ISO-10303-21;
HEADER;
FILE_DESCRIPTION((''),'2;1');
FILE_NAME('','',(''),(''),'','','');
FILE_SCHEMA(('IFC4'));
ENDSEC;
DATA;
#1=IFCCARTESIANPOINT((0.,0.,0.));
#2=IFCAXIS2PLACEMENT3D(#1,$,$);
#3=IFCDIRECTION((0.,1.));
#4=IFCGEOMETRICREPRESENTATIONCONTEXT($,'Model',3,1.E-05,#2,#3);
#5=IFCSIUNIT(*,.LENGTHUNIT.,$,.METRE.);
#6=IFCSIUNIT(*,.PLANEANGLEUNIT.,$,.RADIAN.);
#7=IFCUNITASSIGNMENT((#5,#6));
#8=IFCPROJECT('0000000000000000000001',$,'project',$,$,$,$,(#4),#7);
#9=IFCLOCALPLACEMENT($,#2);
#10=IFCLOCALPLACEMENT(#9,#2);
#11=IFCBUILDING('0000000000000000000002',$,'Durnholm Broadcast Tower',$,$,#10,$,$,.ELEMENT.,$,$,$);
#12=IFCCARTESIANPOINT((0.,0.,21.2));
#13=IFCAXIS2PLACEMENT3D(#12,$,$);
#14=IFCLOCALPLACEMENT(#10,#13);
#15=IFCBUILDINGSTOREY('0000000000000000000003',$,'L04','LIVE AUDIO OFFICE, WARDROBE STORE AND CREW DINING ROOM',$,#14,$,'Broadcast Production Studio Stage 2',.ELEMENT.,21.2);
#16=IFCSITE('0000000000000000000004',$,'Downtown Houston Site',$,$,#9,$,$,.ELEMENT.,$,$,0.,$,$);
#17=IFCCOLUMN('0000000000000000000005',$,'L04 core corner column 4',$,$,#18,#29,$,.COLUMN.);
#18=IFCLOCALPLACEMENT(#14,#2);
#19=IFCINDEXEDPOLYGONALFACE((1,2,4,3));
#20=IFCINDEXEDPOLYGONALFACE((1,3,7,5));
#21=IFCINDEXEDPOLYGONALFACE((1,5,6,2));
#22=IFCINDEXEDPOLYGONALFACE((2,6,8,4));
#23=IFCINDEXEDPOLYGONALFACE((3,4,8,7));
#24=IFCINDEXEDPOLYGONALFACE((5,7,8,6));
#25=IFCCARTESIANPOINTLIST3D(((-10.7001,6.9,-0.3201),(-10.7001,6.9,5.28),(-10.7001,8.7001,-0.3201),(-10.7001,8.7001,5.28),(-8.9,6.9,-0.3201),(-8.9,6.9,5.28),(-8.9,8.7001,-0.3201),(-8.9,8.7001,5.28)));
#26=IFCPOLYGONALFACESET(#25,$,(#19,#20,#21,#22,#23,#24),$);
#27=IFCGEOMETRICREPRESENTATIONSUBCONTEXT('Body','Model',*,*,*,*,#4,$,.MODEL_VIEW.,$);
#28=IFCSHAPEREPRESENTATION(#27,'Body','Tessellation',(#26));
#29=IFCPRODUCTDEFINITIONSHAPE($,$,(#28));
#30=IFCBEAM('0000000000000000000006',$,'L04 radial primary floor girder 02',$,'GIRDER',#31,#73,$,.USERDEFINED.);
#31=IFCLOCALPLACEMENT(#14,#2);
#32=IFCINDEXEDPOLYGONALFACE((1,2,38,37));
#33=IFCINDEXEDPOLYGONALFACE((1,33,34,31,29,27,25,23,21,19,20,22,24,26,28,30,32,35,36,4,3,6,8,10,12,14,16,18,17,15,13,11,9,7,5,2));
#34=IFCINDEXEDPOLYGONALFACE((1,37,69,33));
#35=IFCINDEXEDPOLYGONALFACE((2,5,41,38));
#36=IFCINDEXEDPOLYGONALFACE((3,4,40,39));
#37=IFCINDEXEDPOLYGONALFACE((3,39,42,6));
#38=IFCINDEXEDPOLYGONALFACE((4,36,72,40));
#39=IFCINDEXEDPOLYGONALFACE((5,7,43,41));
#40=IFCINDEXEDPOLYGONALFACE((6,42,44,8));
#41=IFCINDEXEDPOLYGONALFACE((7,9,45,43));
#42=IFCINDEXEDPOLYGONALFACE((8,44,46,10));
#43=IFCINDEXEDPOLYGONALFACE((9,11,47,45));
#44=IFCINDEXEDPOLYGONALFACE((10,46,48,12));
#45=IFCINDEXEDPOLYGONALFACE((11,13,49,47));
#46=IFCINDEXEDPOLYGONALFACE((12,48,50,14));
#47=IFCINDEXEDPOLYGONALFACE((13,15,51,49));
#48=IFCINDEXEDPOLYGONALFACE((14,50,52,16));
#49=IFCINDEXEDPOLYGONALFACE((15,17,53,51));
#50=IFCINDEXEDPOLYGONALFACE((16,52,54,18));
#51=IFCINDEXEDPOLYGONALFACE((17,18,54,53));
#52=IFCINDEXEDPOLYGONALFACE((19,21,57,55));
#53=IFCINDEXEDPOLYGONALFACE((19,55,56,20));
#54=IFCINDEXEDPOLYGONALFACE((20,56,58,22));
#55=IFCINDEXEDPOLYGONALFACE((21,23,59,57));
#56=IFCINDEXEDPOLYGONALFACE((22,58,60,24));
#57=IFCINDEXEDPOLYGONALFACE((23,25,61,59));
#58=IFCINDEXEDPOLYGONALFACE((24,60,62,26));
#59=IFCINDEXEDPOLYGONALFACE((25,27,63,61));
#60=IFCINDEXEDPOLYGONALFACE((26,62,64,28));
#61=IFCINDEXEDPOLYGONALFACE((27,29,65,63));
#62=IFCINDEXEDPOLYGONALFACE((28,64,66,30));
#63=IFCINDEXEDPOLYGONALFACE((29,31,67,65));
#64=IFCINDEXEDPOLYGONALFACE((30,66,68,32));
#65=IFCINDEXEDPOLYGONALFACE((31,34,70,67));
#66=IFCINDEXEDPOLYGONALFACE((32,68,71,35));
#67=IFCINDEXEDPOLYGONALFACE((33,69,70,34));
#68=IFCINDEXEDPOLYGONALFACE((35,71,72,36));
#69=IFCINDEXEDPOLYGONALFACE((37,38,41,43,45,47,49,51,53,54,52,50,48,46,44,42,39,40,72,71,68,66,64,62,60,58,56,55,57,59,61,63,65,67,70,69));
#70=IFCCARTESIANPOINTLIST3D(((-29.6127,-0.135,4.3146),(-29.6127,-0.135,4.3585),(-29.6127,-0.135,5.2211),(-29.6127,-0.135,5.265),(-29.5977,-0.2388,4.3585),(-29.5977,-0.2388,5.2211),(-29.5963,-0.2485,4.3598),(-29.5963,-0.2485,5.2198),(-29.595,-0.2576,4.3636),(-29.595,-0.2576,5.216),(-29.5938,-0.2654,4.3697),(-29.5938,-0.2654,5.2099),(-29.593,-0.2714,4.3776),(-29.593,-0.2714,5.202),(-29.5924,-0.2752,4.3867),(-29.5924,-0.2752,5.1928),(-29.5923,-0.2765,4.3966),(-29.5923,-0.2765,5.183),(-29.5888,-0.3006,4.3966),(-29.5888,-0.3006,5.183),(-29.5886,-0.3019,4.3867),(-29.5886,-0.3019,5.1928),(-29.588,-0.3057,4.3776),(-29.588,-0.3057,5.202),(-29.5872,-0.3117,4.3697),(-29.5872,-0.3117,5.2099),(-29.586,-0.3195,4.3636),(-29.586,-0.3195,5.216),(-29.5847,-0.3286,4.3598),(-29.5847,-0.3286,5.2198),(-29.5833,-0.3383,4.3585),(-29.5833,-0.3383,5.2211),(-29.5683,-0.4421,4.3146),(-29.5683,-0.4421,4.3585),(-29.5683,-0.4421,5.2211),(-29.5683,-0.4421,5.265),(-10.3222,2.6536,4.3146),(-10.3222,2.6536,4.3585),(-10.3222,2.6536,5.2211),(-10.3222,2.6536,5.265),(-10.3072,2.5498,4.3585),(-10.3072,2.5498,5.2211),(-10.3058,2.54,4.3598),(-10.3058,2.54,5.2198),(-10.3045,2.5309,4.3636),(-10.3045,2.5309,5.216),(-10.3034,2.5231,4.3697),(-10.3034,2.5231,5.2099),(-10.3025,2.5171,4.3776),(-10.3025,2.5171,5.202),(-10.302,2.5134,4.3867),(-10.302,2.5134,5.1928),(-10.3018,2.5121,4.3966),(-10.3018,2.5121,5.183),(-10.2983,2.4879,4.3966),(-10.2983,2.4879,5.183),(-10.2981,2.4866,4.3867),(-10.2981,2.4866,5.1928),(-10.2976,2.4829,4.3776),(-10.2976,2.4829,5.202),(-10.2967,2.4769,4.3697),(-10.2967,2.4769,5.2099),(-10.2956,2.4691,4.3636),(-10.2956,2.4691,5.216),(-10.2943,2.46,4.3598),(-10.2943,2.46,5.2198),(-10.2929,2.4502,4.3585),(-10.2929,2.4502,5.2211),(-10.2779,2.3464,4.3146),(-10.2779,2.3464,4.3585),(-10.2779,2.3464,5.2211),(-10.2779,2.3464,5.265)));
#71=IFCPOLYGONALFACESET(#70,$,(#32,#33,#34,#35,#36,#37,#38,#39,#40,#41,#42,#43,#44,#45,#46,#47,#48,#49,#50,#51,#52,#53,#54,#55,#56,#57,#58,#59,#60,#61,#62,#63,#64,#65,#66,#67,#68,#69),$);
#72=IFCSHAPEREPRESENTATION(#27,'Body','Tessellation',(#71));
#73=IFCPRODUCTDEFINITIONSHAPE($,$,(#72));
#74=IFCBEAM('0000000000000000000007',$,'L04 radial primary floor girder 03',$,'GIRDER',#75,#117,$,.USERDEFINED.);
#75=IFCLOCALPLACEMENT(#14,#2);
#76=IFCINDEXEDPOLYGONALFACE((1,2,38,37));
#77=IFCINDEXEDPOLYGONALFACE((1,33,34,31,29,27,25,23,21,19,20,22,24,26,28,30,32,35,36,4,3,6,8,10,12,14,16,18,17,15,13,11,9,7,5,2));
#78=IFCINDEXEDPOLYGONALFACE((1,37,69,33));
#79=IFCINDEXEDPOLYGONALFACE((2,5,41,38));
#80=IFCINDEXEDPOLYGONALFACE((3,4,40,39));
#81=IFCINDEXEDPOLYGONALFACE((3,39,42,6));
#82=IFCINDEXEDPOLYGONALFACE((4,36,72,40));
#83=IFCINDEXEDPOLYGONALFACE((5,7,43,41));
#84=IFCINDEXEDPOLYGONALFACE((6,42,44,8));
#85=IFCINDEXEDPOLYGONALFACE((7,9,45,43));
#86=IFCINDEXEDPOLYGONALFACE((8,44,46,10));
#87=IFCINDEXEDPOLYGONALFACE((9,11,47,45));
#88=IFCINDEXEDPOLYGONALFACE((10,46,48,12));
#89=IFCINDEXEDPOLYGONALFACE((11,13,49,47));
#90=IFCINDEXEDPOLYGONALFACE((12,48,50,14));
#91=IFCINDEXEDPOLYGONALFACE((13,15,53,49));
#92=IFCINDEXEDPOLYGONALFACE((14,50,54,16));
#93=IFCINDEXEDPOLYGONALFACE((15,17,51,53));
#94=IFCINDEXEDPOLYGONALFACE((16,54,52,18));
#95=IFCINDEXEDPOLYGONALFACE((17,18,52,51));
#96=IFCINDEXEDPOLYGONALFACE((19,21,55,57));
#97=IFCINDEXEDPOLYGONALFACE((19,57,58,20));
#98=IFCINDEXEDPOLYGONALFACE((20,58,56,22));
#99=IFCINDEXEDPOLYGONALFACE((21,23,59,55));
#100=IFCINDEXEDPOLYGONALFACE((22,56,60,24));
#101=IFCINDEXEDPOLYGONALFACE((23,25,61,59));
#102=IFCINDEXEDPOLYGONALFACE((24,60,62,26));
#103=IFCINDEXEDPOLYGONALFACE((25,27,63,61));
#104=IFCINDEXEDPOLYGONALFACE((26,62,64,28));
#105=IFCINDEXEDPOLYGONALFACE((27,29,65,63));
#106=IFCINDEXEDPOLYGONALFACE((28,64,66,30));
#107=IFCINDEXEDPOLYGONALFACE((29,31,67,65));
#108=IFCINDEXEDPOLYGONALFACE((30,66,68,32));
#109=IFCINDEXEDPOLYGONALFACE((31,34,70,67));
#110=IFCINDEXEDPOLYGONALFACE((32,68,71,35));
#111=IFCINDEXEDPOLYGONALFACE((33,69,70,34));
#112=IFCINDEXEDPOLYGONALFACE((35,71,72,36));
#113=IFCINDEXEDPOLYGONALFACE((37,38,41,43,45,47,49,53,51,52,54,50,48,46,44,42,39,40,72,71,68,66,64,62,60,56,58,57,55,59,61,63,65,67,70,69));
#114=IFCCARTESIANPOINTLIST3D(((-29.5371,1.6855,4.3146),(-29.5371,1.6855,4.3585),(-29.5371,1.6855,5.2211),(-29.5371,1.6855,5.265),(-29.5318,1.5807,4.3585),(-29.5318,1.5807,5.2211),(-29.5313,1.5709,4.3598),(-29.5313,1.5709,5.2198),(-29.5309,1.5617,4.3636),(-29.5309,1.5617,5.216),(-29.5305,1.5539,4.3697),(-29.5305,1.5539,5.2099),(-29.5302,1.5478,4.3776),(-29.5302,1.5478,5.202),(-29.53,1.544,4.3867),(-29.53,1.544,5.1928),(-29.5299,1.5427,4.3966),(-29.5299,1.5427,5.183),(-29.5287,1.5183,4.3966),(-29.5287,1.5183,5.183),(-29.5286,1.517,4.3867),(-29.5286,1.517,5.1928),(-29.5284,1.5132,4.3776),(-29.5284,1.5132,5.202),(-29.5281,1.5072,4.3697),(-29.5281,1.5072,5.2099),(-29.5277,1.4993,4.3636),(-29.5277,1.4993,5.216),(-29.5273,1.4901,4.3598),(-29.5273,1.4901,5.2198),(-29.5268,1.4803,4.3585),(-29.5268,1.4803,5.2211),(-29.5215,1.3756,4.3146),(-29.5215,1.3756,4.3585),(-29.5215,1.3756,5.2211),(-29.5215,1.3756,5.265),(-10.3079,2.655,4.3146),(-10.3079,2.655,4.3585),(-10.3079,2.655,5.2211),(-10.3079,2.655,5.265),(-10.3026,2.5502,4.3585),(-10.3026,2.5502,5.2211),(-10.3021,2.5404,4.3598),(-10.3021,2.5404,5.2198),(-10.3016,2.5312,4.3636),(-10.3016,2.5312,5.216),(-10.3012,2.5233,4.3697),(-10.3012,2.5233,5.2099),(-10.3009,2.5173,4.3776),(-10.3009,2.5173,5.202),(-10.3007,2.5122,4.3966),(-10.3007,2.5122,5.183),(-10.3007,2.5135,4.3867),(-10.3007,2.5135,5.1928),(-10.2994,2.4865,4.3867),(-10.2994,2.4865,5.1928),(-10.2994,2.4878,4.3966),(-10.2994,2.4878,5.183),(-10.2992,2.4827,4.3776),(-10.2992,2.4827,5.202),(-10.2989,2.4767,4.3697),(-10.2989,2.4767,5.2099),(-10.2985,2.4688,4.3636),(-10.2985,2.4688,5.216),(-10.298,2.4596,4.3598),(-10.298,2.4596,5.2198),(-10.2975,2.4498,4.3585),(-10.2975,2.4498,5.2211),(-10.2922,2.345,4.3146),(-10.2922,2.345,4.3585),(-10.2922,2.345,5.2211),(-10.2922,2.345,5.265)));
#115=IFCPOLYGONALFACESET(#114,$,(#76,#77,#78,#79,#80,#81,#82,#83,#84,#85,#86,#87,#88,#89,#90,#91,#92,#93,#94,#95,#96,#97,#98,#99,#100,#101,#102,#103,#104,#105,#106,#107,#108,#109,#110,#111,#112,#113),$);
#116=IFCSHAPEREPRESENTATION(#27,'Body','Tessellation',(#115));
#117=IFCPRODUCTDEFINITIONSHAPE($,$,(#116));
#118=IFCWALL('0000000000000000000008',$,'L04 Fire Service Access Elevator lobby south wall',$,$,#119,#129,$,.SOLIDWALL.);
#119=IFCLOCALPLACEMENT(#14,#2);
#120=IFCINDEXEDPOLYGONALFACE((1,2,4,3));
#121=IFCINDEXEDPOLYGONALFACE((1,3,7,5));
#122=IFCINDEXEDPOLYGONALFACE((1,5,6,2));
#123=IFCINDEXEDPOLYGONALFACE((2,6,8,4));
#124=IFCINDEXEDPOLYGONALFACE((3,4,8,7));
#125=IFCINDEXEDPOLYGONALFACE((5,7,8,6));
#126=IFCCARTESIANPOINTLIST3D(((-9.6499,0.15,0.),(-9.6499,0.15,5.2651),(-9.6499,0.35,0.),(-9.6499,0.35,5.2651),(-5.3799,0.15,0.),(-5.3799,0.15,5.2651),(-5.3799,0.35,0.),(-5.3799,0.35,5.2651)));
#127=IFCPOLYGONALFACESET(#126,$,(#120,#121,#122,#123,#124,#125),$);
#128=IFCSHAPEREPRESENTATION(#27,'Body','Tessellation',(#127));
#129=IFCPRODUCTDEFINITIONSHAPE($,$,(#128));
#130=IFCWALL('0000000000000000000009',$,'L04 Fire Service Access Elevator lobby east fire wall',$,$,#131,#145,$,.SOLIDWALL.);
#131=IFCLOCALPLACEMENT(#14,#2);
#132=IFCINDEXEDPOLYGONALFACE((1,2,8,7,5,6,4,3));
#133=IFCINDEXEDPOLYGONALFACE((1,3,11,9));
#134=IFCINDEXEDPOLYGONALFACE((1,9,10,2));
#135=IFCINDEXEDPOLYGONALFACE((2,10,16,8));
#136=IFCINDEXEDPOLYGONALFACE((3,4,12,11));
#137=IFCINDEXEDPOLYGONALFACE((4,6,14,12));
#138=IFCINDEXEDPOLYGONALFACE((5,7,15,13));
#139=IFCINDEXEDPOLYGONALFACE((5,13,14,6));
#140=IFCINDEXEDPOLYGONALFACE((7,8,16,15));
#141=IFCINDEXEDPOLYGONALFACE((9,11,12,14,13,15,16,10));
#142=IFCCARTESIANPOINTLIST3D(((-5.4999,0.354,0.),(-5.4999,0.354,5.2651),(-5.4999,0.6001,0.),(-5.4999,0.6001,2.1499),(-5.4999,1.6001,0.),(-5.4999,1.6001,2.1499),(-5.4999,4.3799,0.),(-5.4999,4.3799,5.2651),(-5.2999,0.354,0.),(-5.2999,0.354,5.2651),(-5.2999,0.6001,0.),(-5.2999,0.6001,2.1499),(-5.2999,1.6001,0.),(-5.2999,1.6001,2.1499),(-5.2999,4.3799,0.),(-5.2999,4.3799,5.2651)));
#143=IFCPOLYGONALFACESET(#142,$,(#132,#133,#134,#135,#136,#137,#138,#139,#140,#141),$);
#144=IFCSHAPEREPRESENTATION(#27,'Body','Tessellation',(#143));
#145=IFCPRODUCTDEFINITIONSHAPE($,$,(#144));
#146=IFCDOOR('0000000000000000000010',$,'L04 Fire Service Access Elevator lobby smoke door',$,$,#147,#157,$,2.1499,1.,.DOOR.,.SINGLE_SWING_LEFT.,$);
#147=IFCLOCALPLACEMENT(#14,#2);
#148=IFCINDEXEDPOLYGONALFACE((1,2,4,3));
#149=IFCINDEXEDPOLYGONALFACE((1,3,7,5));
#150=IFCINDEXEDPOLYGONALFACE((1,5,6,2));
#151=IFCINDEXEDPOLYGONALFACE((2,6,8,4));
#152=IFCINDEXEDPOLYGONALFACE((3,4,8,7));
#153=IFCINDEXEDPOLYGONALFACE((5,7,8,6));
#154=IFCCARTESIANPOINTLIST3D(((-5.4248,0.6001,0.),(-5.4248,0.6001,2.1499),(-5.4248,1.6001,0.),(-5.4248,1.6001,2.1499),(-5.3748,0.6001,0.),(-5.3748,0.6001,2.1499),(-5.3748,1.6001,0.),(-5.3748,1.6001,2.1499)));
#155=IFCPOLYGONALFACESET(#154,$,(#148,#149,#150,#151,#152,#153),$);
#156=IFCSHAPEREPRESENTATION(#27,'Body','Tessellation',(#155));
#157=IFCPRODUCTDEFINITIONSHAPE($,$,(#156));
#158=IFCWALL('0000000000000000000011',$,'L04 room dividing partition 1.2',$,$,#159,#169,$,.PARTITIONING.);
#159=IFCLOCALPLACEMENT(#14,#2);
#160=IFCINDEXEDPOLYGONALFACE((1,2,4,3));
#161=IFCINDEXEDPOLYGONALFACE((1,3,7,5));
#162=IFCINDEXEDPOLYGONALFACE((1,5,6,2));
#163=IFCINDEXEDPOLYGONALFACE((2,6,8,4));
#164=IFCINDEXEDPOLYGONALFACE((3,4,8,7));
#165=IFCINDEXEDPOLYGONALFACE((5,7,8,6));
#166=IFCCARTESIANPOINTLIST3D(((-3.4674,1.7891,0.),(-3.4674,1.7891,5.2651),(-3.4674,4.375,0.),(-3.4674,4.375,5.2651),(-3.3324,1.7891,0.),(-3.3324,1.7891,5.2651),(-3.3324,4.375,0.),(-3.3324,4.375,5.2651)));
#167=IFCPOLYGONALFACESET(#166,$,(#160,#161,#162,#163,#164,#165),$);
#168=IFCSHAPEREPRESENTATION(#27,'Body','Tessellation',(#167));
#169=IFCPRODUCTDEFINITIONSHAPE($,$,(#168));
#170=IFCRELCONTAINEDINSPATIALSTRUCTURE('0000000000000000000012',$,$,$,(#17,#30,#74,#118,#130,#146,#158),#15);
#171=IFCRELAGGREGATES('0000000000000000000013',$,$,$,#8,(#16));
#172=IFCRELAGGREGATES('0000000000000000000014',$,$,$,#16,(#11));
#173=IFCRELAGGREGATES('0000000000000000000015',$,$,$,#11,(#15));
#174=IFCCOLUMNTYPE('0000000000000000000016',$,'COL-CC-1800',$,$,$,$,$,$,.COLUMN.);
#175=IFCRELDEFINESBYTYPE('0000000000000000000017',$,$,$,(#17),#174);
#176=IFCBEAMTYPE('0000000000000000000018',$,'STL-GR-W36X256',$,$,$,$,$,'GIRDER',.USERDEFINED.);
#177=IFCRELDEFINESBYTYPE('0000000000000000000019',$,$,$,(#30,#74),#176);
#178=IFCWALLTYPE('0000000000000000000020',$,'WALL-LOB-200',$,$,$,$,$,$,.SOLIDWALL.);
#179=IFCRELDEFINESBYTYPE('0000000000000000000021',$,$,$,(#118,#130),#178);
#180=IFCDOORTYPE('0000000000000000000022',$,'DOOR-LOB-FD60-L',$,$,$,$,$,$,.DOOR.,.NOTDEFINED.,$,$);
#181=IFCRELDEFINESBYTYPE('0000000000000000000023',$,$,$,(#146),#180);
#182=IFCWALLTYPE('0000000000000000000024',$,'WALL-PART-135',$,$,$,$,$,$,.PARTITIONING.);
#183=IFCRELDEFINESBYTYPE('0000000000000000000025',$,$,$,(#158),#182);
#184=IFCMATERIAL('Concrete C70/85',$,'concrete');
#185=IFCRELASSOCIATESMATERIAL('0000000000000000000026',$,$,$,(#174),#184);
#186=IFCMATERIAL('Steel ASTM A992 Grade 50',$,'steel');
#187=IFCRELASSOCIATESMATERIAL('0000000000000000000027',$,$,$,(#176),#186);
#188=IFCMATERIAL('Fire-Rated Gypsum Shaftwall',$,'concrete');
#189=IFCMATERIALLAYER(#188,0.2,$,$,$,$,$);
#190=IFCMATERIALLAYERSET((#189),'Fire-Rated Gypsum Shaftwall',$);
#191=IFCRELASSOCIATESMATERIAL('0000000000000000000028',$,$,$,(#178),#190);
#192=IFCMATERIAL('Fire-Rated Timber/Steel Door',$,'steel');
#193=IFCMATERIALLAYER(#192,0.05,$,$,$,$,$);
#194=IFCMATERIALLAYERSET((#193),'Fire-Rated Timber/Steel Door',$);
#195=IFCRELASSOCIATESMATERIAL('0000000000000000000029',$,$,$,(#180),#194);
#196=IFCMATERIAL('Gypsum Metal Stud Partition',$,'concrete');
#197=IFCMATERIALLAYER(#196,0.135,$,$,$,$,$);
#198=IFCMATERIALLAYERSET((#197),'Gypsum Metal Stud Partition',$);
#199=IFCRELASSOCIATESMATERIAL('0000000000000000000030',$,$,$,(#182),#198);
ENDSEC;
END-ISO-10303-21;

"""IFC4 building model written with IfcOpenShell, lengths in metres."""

from ifc_helpers import new_model, si_unit, direction, frame, frame_2d, origin, origin_2d, place, context, subcontext, project, spatial, rectangle, i_section, extrude, source, transform, mapped, material, layer, layer_set, material_profile, profile_set, type_object, type_shapes, element, fill, save


model = new_model("IFC4")

# Units and contexts
model_context = context("Model", 3, precision=1e-05, world=origin(), true_north=direction((0.0, 1.0)))
body_context = subcontext(model_context, "Body", "Model", "MODEL_VIEW")
ifc_project = project(units=[si_unit("LENGTHUNIT", "METRE"), si_unit("PLANEANGLEUNIT", "RADIAN")], contexts=[model_context])

# Site, building, storey
site_placement = place(None, origin())
site = spatial("IfcSite", under=ifc_project, at=site_placement, Name="Downtown Houston Site", CompositionType="ELEMENT", RefElevation=0.0)
building_placement = place(site_placement, origin())
building = spatial("IfcBuilding", under=site, at=building_placement, Name="Durnholm Broadcast Tower", CompositionType="ELEMENT")
storey_placement = place(building_placement, frame((0.0, 0.0, 21.2)))
storey = spatial("IfcBuildingStorey", under=building, at=storey_placement, Name="L04", Description="LIVE AUDIO OFFICE, WARDROBE STORE AND CREW DINING ROOM", LongName="Broadcast Production Studio Stage 2", CompositionType="ELEMENT", Elevation=21.2)

# Column
ifc_material_1 = material(Name="Concrete C70/85", Category="concrete")
ifc_material_profile_1 = material_profile(ifc_material_1, rectangle(XDim=1.8, YDim=1.8, at=origin_2d()), Name="RC1800X1800")
ifc_profile_set_1 = profile_set([ifc_material_profile_1], Name="Concrete C70/85")
column_type = type_object("IfcColumnType", Name="COL-CC-1800", PredefinedType="COLUMN", material=ifc_profile_set_1)
shared_shape_1 = source(origin(), body_context, "Body", "SweptSolid", [
    extrude(rectangle(XDim=1.8, YDim=1.8, at=origin_2d()), origin(), (0.0, 0.0, 1.0), 5.6001),
])
type_shapes(column_type, [shared_shape_1])
column_placement = place(storey_placement, frame((-9.8, 7.8, -0.3201), z_axis=(0.0, 0.0, 1.0), x_axis=(1.0, 0.0, 0.0)))
element("IfcColumn", 1, at=column_placement, inside=storey, type_object=column_type, Name="L04 core corner column 4", PredefinedType="COLUMN", context=body_context, shape_type="MappedRepresentation", body=[
    mapped(shared_shape_1, transform((0.0, 0.0, 0.0), x_axis=(1.0, 0.0, 0.0), y_axis=(0.0, 1.0, 0.0), z_axis=(0.0, 0.0, 1.0), scale=1.0)),
])

# Beams
ifc_material_2 = material(Name="Steel ASTM A992 Grade 50", Category="steel")
ifc_material_profile_2 = material_profile(ifc_material_2, i_section(OverallWidth=0.3103, OverallDepth=0.9504, WebThickness=0.0244, FlangeThickness=0.0439, FilletRadius=0.0381, at=origin_2d()), Name="W36X256")
ifc_profile_set_2 = profile_set([ifc_material_profile_2], Name="Steel ASTM A992 Grade 50")
beam_type = type_object("IfcBeamType", Name="STL-GR-W36X256", ElementType="GIRDER", PredefinedType="USERDEFINED", material=ifc_profile_set_2)
shared_shape_2 = source(origin(), body_context, "Body", "SweptSolid", [
    extrude(i_section(OverallWidth=0.3103, OverallDepth=0.9504, WebThickness=0.0244, FlangeThickness=0.0439, FilletRadius=0.0381, at=origin_2d()), origin(), (0.0, 0.0, 1.0), 19.491),
])
beam_1_placement = place(storey_placement, frame((-10.3, 2.5, 4.7898), z_axis=(-0.989713, -0.14307, 0.0), x_axis=(0.14307, -0.989713, 0.0)))
element("IfcBeam", 2, at=beam_1_placement, inside=storey, type_object=beam_type, Name="L04 radial primary floor girder 02", ObjectType="GIRDER", PredefinedType="USERDEFINED", context=body_context, shape_type="MappedRepresentation", body=[
    mapped(shared_shape_2, transform((0.0, 0.0, 0.0), x_axis=(1.0, 0.0, 0.0), y_axis=(0.0, 1.0, 0.0), z_axis=(0.0, 0.0, 1.0), scale=1.0)),
])
shared_shape_3 = source(origin(), body_context, "Body", "SweptSolid", [
    extrude(i_section(OverallWidth=0.3103, OverallDepth=0.9504, WebThickness=0.0244, FlangeThickness=0.0439, FilletRadius=0.0381, at=origin_2d()), origin(), (0.0, 0.0, 1.0), 19.2537),
])
type_shapes(beam_type, [shared_shape_2, shared_shape_3])
beam_2_placement = place(storey_placement, frame((-10.3, 2.5, 4.7898), z_axis=(-0.998731, -0.050353, 0.0), x_axis=(0.050353, -0.998731, 0.0)))
element("IfcBeam", 3, at=beam_2_placement, inside=storey, type_object=beam_type, Name="L04 radial primary floor girder 03", ObjectType="GIRDER", PredefinedType="USERDEFINED", context=body_context, shape_type="MappedRepresentation", body=[
    mapped(shared_shape_3, transform((0.0, 0.0, 0.0), x_axis=(1.0, 0.0, 0.0), y_axis=(0.0, 1.0, 0.0), z_axis=(0.0, 0.0, 1.0), scale=1.0)),
])

# Wall
ifc_material_3 = material(Name="Fire-Rated Gypsum Shaftwall", Category="concrete")
ifc_layer_1 = layer(ifc_material_3, 0.2)
ifc_layer_set_1 = layer_set([ifc_layer_1], Name="Fire-Rated Gypsum Shaftwall")
wall_type_1 = type_object("IfcWallType", Name="WALL-LOB-200", PredefinedType="SOLIDWALL", material=ifc_layer_set_1)
wall_1_placement = place(storey_placement, frame((-9.6499, 0.25, 0.0), z_axis=(0.0, 0.0, 1.0), x_axis=(1.0, 0.0, 0.0)))
element("IfcWall", 4, at=wall_1_placement, inside=storey, type_object=wall_type_1, Name="L04 Fire Service Access Elevator lobby south wall", PredefinedType="SOLIDWALL", context=body_context, shape_type="SweptSolid", body=[
    extrude(rectangle(XDim=4.27, YDim=0.2, at=frame_2d((2.135, 0.0))), origin(), (0.0, 0.0, 1.0), 5.2651),
])

# Wall, opening, door
wall_2_placement = place(storey_placement, frame((-5.3999, 0.354, 0.0), z_axis=(0.0, 0.0, 1.0), x_axis=(0.0, 1.0, 0.0)))
wall_2 = element("IfcWall", 5, at=wall_2_placement, inside=storey, type_object=wall_type_1, Name="L04 Fire Service Access Elevator lobby east fire wall", PredefinedType="SOLIDWALL", context=body_context, shape_type="SweptSolid", body=[
    extrude(rectangle(XDim=4.0259, YDim=0.2, at=frame_2d((2.0129, 0.0))), origin(), (0.0, 0.0, 1.0), 5.2651),
])
opening_1_placement = place(wall_2_placement, frame((0.2461, 0.0, 0.0)))
opening_1 = element("IfcOpeningElement", 6, at=opening_1_placement, cuts=wall_2, PredefinedType="OPENING", context=body_context, shape_type="SweptSolid", body=[
    extrude(rectangle(XDim=1.0, YDim=2.1499, at=frame_2d((0.5, 1.075))), frame((0.0, 0.1099, 0.0), z_axis=(0.0, -1.0, 0.0), x_axis=(1.0, 0.0, 0.0)), (0.0, 0.0, 1.0), 0.22),
])
ifc_material_4 = material(Name="Fire-Rated Timber/Steel Door", Category="steel")
ifc_layer_2 = layer(ifc_material_4, 0.05)
ifc_layer_set_2 = layer_set([ifc_layer_2], Name="Fire-Rated Timber/Steel Door")
door_type_1 = type_object("IfcDoorType", Name="DOOR-LOB-FD60-L", OperationType="NOTDEFINED", PredefinedType="DOOR", material=ifc_layer_set_2)
shared_shape_4 = source(origin(), body_context, "Body", "SweptSolid", [
    extrude(rectangle(XDim=1.0, YDim=2.1499, at=frame_2d((0.5, 1.075))), frame((0.0, 0.0249, 0.0), z_axis=(0.0, -1.0, 0.0), x_axis=(1.0, 0.0, 0.0)), (0.0, 0.0, 1.0), 0.05),
])
type_shapes(door_type_1, [shared_shape_4])
door_1_placement = place(opening_1_placement, origin())
door_1 = element("IfcDoor", 7, at=door_1_placement, inside=storey, type_object=door_type_1, Name="L04 Fire Service Access Elevator lobby smoke door", OperationType="SINGLE_SWING_LEFT", OverallHeight=2.1499, OverallWidth=1.0, PredefinedType="DOOR", context=body_context, shape_type="MappedRepresentation", body=[
    mapped(shared_shape_4, transform((0.0, 0.0, 0.0), x_axis=(1.0, 0.0, 0.0), y_axis=(0.0, 1.0, 0.0), z_axis=(0.0, 0.0, 1.0), scale=1.0)),
])
fill(opening_1, door_1)

# Wall
ifc_material_5 = material(Name="Gypsum Metal Stud Partition", Category="concrete")
ifc_layer_3 = layer(ifc_material_5, 0.135)
ifc_layer_set_3 = layer_set([ifc_layer_3], Name="Gypsum Metal Stud Partition")
wall_type_2 = type_object("IfcWallType", Name="WALL-PART-135", PredefinedType="PARTITIONING", material=ifc_layer_set_3)
wall_3_placement = place(storey_placement, frame((-3.3999, 4.375, 0.0), z_axis=(0.0, 0.0, 1.0), x_axis=(0.0, -1.0, 0.0)))
element("IfcWall", 8, at=wall_3_placement, inside=storey, type_object=wall_type_2, Name="L04 room dividing partition 1.2", PredefinedType="PARTITIONING", context=body_context, shape_type="SweptSolid", body=[
    extrude(rectangle(XDim=2.5859, YDim=0.135, at=frame_2d((1.293, 0.0))), origin(), (0.0, 0.0, 1.0), 5.2651),
])

save(model, "model.ifc")
